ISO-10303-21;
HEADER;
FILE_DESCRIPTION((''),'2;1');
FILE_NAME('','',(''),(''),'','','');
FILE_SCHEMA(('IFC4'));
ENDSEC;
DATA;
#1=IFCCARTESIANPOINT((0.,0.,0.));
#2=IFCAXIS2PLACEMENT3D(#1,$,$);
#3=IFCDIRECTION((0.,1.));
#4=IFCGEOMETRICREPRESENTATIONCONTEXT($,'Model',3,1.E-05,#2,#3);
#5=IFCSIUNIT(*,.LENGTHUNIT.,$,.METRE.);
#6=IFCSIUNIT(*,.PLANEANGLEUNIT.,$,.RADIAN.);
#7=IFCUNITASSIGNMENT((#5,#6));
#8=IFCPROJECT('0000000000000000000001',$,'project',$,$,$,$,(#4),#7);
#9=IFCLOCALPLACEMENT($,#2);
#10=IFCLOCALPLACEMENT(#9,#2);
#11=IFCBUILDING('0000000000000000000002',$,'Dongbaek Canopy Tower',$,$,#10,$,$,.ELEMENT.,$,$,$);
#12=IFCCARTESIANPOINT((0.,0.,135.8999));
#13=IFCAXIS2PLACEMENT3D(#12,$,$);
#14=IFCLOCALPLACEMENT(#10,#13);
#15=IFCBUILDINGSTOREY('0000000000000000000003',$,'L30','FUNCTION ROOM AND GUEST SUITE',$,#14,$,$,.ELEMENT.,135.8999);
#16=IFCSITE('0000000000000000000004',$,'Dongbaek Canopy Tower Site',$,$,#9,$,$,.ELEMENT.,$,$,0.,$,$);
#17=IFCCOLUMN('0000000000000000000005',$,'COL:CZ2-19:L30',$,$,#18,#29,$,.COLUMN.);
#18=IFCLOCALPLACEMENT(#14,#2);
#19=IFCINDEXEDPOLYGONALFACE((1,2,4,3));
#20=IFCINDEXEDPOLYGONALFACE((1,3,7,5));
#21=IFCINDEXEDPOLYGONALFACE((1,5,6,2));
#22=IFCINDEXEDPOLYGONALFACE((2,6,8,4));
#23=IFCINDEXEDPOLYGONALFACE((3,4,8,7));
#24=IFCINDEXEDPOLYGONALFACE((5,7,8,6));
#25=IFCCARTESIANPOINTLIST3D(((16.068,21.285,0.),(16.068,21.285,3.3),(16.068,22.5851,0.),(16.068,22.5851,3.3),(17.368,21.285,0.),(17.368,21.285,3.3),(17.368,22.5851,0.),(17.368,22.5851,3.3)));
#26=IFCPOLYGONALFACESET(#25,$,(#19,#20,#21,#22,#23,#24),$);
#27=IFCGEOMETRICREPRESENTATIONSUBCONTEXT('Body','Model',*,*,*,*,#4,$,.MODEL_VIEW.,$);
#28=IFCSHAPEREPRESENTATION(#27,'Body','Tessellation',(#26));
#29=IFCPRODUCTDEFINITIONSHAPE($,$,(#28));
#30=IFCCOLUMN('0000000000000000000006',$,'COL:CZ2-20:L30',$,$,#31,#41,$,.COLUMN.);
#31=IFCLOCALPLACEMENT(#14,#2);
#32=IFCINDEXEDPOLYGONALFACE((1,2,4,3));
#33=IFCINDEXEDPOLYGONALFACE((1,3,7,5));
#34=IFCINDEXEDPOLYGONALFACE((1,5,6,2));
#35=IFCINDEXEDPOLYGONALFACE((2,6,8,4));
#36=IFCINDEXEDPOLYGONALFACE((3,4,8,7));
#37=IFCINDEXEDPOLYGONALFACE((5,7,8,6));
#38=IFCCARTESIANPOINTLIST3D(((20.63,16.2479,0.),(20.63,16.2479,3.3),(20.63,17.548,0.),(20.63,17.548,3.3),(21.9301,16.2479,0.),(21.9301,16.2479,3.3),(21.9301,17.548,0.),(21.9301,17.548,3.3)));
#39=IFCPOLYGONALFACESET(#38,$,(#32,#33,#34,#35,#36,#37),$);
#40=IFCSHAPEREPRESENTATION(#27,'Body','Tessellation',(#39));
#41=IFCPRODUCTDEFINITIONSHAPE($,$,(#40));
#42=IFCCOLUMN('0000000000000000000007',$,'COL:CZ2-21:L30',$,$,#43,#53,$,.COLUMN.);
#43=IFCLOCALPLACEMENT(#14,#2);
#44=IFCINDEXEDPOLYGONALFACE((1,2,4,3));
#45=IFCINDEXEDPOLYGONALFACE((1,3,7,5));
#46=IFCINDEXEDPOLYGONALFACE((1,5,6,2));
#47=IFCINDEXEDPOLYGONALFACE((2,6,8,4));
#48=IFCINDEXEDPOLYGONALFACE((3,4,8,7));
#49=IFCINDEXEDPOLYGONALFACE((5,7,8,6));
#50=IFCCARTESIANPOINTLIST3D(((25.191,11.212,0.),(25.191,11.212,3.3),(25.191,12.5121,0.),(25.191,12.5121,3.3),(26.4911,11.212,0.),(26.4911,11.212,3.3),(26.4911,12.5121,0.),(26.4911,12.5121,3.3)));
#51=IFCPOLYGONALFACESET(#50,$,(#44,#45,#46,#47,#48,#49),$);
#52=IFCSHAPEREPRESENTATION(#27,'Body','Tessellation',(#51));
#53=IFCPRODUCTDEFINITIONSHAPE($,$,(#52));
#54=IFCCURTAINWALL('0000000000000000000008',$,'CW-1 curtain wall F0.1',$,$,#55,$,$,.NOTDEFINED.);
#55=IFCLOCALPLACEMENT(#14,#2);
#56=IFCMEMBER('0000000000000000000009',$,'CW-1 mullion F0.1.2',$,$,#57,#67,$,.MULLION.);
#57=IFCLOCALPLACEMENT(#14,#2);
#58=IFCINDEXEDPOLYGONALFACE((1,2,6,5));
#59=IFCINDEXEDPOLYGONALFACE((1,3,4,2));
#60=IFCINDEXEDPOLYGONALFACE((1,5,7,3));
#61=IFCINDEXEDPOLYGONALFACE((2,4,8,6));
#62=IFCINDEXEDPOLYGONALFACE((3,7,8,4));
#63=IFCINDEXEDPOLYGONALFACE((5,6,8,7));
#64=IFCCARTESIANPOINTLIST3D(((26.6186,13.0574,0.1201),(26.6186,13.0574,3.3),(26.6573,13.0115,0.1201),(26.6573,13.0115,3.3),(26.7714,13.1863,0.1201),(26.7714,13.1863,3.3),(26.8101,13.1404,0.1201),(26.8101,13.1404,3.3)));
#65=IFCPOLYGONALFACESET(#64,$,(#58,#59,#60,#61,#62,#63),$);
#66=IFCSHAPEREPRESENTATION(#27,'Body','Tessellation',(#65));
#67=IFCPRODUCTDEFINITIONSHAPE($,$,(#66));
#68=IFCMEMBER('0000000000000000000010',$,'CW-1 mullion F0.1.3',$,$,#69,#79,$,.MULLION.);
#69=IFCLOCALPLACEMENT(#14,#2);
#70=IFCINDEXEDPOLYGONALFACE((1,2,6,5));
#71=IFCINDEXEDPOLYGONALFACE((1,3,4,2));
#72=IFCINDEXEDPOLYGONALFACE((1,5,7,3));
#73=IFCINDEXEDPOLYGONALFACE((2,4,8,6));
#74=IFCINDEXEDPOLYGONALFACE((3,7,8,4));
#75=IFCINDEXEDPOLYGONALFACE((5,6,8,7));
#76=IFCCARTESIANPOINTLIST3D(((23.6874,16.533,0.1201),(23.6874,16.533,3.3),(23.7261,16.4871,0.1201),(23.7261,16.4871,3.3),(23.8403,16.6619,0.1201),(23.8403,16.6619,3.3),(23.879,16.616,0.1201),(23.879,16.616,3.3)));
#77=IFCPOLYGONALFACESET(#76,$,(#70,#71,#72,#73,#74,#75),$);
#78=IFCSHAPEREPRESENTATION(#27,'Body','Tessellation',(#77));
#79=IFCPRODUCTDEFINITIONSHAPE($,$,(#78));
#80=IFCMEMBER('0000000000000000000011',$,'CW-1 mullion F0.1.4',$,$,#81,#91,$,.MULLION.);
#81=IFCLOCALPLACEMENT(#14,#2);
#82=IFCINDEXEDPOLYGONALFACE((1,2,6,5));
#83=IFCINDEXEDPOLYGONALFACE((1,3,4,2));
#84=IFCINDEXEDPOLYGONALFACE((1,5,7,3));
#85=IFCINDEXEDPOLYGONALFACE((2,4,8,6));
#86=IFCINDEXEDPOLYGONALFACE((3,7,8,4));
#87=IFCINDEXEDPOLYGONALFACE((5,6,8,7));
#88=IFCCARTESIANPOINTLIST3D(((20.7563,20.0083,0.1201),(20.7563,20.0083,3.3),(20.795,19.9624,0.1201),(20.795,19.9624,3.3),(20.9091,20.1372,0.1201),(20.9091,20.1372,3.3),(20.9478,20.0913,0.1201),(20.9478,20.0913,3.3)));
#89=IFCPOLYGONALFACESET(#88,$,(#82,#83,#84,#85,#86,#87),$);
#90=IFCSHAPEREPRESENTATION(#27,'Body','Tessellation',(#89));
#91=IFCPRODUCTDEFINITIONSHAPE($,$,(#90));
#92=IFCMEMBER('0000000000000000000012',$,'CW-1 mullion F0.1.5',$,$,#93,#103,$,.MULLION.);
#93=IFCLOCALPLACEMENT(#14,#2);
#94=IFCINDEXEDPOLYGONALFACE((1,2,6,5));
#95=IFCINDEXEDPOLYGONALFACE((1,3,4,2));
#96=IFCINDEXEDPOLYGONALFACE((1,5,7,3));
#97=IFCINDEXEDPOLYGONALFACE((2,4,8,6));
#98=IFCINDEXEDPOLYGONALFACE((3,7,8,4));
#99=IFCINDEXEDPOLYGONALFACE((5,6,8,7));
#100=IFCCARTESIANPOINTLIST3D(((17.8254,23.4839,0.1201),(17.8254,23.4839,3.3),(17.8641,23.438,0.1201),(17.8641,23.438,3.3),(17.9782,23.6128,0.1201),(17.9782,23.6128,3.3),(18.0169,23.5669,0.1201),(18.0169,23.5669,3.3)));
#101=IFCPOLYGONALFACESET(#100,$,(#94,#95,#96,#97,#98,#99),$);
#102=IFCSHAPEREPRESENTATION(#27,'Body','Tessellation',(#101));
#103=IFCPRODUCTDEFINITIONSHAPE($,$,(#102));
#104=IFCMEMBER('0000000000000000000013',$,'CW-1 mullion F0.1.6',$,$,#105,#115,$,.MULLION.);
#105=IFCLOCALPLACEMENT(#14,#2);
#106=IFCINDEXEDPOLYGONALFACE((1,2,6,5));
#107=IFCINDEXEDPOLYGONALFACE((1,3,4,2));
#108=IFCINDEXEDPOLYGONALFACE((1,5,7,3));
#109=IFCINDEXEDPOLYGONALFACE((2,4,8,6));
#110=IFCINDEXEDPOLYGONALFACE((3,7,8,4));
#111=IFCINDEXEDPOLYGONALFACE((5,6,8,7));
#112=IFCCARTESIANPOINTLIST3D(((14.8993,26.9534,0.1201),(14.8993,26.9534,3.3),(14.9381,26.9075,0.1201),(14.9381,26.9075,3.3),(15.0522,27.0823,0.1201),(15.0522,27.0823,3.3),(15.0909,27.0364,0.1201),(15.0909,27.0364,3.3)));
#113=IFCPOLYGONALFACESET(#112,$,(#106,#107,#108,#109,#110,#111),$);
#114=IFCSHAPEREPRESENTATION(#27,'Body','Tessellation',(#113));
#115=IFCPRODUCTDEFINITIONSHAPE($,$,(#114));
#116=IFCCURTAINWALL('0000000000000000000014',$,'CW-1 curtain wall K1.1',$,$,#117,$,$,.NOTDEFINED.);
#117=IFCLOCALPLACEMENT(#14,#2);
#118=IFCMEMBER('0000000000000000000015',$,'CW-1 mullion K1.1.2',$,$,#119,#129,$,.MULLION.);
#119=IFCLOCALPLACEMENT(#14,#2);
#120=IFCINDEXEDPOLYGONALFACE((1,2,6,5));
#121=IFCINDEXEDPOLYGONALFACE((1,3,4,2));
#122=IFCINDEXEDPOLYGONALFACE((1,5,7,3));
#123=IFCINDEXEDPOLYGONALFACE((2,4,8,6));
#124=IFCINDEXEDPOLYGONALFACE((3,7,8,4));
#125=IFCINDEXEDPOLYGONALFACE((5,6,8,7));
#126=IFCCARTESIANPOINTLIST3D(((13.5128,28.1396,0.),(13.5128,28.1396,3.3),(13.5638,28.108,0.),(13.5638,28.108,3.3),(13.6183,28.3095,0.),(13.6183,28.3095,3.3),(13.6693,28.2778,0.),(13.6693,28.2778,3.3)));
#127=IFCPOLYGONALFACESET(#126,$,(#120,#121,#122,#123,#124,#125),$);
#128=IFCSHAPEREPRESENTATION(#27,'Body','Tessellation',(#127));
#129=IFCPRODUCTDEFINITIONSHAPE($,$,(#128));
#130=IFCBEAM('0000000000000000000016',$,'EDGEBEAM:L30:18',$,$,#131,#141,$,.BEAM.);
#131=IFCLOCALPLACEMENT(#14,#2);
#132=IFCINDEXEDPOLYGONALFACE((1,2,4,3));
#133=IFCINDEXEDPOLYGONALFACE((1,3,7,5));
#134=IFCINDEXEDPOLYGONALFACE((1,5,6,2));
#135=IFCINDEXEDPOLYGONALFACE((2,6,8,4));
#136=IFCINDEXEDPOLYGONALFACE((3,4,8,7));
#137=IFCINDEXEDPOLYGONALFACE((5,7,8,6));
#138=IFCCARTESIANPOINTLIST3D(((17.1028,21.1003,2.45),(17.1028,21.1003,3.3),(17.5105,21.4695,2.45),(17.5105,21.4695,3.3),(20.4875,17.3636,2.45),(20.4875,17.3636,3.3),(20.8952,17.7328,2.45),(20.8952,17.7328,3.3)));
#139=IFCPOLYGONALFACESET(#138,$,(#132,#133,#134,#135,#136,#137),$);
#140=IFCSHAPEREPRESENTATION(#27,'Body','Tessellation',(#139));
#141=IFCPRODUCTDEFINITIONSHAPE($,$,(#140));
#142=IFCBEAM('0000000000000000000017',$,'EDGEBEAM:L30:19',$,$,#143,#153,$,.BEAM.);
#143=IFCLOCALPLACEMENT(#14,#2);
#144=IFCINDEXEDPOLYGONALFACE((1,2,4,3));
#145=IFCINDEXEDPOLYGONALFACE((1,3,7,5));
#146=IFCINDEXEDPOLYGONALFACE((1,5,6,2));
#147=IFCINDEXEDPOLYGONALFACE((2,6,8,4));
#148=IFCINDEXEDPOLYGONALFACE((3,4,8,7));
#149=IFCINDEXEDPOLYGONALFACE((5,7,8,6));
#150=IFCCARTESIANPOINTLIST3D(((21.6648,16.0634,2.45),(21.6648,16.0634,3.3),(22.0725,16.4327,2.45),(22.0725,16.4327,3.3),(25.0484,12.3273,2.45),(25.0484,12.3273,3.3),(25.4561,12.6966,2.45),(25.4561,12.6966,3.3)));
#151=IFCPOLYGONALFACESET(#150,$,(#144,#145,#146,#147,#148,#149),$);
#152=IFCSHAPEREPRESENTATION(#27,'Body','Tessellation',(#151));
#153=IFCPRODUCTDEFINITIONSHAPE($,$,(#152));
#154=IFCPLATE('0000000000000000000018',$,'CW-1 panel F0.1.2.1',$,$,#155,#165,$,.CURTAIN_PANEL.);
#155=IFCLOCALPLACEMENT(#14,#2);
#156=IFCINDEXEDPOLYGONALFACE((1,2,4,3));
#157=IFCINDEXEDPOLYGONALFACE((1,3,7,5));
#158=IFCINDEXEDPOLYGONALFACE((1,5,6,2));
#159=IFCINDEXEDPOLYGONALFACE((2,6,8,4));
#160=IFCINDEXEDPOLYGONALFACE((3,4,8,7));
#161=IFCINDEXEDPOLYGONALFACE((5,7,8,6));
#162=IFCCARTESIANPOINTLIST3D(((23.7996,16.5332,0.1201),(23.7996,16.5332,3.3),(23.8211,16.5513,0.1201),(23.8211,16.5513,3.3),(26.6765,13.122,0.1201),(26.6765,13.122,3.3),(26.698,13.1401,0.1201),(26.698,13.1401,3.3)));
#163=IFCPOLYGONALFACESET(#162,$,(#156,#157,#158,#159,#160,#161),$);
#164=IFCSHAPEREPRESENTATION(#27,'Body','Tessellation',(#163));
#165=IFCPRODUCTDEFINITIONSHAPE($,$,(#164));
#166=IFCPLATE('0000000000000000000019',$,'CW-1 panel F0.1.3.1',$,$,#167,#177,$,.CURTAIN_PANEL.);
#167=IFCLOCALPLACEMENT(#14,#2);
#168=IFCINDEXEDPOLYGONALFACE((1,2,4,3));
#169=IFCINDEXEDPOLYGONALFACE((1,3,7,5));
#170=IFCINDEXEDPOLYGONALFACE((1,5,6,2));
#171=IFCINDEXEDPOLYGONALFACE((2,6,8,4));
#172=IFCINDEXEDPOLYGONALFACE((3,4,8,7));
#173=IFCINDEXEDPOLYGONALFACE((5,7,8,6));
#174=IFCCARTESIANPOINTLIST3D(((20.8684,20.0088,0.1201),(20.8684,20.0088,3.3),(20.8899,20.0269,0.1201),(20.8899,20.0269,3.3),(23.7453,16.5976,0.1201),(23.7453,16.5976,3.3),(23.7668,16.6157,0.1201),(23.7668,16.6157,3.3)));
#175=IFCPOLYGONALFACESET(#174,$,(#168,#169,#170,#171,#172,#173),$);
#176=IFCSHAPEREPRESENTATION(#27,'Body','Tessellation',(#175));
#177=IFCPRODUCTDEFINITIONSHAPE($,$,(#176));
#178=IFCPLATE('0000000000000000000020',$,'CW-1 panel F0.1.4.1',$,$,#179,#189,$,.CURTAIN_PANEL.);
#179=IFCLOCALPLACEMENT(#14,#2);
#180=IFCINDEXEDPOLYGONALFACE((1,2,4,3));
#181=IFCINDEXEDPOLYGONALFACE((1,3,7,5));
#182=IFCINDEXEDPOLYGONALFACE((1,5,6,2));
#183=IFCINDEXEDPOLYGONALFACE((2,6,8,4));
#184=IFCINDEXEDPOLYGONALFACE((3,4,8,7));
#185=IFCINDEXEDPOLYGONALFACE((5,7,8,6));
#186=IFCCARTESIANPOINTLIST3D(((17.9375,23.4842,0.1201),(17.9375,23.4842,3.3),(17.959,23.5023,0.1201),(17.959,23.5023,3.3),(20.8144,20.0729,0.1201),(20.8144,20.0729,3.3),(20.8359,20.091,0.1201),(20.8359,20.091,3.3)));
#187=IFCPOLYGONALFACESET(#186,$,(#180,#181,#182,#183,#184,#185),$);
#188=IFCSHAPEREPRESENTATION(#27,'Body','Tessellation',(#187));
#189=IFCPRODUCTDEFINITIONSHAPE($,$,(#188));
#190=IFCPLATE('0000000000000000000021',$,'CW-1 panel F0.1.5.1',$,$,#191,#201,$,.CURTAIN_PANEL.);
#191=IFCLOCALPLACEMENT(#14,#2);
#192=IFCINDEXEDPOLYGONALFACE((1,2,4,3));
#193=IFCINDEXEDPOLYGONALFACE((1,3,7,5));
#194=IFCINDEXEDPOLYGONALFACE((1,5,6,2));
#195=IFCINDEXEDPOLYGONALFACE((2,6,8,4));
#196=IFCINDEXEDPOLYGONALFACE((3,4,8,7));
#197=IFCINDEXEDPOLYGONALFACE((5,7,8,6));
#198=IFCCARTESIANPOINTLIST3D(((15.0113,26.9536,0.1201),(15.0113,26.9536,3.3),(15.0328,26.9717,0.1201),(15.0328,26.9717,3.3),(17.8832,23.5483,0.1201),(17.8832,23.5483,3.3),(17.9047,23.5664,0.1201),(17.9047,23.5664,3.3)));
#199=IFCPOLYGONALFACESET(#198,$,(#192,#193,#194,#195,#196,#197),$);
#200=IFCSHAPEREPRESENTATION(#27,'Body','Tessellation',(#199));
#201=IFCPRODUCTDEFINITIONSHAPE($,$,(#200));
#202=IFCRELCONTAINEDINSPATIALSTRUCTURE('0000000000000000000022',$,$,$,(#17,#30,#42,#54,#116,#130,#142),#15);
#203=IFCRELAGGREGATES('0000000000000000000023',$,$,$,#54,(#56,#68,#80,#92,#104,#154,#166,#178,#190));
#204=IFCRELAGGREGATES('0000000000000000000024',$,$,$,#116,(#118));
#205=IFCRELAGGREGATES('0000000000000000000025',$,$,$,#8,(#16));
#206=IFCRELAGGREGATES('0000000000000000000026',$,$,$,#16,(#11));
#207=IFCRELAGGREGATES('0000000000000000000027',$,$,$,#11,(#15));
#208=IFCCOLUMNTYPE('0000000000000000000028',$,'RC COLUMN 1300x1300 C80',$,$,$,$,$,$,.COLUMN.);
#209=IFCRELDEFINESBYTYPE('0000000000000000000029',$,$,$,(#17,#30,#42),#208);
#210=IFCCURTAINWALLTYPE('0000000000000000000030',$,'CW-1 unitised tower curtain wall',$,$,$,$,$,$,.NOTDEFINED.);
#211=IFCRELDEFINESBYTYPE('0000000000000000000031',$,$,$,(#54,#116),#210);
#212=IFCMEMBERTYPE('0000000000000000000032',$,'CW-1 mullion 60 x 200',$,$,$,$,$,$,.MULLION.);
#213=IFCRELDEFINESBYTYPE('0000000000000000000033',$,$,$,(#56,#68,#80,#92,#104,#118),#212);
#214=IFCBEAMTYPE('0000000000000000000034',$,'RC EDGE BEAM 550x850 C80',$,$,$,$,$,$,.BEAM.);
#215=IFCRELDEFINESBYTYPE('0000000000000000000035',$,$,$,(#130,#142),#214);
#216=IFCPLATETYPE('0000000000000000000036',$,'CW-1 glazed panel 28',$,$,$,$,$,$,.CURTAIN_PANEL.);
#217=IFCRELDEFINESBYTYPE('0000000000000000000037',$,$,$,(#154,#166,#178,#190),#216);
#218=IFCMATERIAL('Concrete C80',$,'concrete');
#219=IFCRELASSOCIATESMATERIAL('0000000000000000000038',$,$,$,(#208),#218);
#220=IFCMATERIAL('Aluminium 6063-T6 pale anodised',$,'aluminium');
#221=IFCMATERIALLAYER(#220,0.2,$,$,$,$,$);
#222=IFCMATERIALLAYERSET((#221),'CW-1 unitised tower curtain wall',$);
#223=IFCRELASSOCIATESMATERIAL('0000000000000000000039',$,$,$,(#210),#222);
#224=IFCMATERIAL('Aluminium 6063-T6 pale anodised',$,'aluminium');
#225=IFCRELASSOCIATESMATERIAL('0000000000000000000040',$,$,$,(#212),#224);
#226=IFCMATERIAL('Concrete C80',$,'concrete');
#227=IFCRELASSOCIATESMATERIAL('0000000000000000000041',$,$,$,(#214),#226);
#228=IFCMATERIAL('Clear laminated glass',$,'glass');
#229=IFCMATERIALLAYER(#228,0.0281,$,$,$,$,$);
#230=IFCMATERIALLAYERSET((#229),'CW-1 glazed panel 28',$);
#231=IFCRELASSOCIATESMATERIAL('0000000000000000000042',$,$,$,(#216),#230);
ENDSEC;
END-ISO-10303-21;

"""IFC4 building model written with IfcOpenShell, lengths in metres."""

from ifc_helpers import new_model, si_unit, direction, frame, origin, origin_2d, place, context, subcontext, project, spatial, rectangle, extrude, material, layer, layer_set, material_profile, profile_set, type_object, element, aggregate, save


model = new_model("IFC4")

# Units and contexts
model_context = context("Model", 3, precision=1e-05, world=origin(), true_north=direction((0.0, 1.0)))
body_context = subcontext(model_context, "Body", "Model", "MODEL_VIEW")
ifc_project = project(units=[si_unit("LENGTHUNIT", "METRE"), si_unit("PLANEANGLEUNIT", "RADIAN")], contexts=[model_context])

# Site, building, storey
site_placement = place(None, origin())
site = spatial("IfcSite", under=ifc_project, at=site_placement, Name="Dongbaek Canopy Tower Site", CompositionType="ELEMENT", RefElevation=0.0)
building_placement = place(site_placement, origin())
building = spatial("IfcBuilding", under=site, at=building_placement, Name="Dongbaek Canopy Tower", CompositionType="ELEMENT")
storey_placement = place(building_placement, frame((0.0, 0.0, 135.8999)))
storey = spatial("IfcBuildingStorey", under=building, at=storey_placement, Name="L30", Description="FUNCTION ROOM AND GUEST SUITE", CompositionType="ELEMENT", Elevation=135.8999)

# Columns
ifc_material_1 = material(Name="Concrete C80", Category="concrete")
ifc_material_profile_1 = material_profile(ifc_material_1, rectangle(XDim=1.3, YDim=1.3, at=origin_2d()), Name="RC COLUMN 1300x1300 C80")
ifc_profile_set_1 = profile_set([ifc_material_profile_1], Name="Concrete C80")
column_type = type_object("IfcColumnType", Name="RC COLUMN 1300x1300 C80", PredefinedType="COLUMN", material=ifc_profile_set_1)
for number, where, z_axis, x_axis, name in (
    (1, (16.718, 21.9351, 0.0), (0.0, 0.0, 1.0), (1.0, 0.0, 0.0), "COL:CZ2-19:L30"),
    (2, (21.28, 16.8979, 0.0), (0.0, 0.0, 1.0), (1.0, 0.0, 0.0), "COL:CZ2-20:L30"),
    (3, (25.8411, 11.8621, 0.0), (0.0, 0.0, 1.0), (1.0, 0.0, 0.0), "COL:CZ2-21:L30"),
):
    element("IfcColumn", number, at=place(storey_placement, frame(where, z_axis=z_axis, x_axis=x_axis)), inside=storey, type_object=column_type, Name=name, PredefinedType="COLUMN", context=body_context, shape_type="SweptSolid", body=[
        extrude(rectangle(XDim=1.3, YDim=1.3, at=origin_2d()), origin(), (0.0, 0.0, 1.0), 3.3),
    ])

# Curtain wall, members
ifc_material_2 = material(Name="Aluminium 6063-T6 pale anodised", Category="aluminium")
ifc_layer_1 = layer(ifc_material_2, 0.2)
ifc_layer_set_1 = layer_set([ifc_layer_1], Name="CW-1 unitised tower curtain wall")
curtain_wall_type = type_object("IfcCurtainWallType", Name="CW-1 unitised tower curtain wall", PredefinedType="NOTDEFINED", material=ifc_layer_set_1)
curtain_wall_1_placement = place(storey_placement, origin())
curtain_wall_1 = element("IfcCurtainWall", 4, at=curtain_wall_1_placement, inside=storey, type_object=curtain_wall_type, Name="CW-1 curtain wall F0.1", PredefinedType="NOTDEFINED")
ifc_material_3 = material(Name="Aluminium 6063-T6 pale anodised", Category="aluminium")
ifc_material_profile_2 = material_profile(ifc_material_3, rectangle(XDim=0.2, YDim=0.0601, at=origin_2d()), Name="CW-1 mullion 60 x 200")
ifc_profile_set_2 = profile_set([ifc_material_profile_2], Name="Aluminium 6063-T6 pale anodised")
member_type = type_object("IfcMemberType", Name="CW-1 mullion 60 x 200", PredefinedType="MULLION", material=ifc_profile_set_2)
member_1_placement = place(storey_placement, frame((26.7144, 13.0989, 0.1201), z_axis=(0.0, 0.0, 1.0), x_axis=(0.764439, 0.644696, 0.0)))
member_1 = element("IfcMember", 5, at=member_1_placement, type_object=member_type, Name="CW-1 mullion F0.1.2", PredefinedType="MULLION", context=body_context, shape_type="SweptSolid", body=[
    extrude(rectangle(XDim=0.2, YDim=0.0601, at=origin_2d()), origin(), (0.0, 0.0, 1.0), 3.1799),
])
member_2_placement = place(storey_placement, frame((23.7832, 16.5745, 0.1201), z_axis=(0.0, 0.0, 1.0), x_axis=(0.764439, 0.644696, 0.0)))
member_2 = element("IfcMember", 6, at=member_2_placement, type_object=member_type, Name="CW-1 mullion F0.1.3", PredefinedType="MULLION", context=body_context, shape_type="SweptSolid", body=[
    extrude(rectangle(XDim=0.2, YDim=0.0601, at=origin_2d()), origin(), (0.0, 0.0, 1.0), 3.1799),
])
member_3_placement = place(storey_placement, frame((20.8521, 20.0498, 0.1201), z_axis=(0.0, 0.0, 1.0), x_axis=(0.764439, 0.644696, 0.0)))
member_3 = element("IfcMember", 7, at=member_3_placement, type_object=member_type, Name="CW-1 mullion F0.1.4", PredefinedType="MULLION", context=body_context, shape_type="SweptSolid", body=[
    extrude(rectangle(XDim=0.2, YDim=0.0601, at=origin_2d()), origin(), (0.0, 0.0, 1.0), 3.1799),
])
member_4_placement = place(storey_placement, frame((17.9211, 23.5254, 0.1201), z_axis=(0.0, 0.0, 1.0), x_axis=(0.764439, 0.644696, 0.0)))
member_4 = element("IfcMember", 8, at=member_4_placement, type_object=member_type, Name="CW-1 mullion F0.1.5", PredefinedType="MULLION", context=body_context, shape_type="SweptSolid", body=[
    extrude(rectangle(XDim=0.2, YDim=0.0601, at=origin_2d()), origin(), (0.0, 0.0, 1.0), 3.1799),
])
member_5_placement = place(storey_placement, frame((14.9951, 26.9949, 0.1201), z_axis=(0.0, 0.0, 1.0), x_axis=(0.764439, 0.644696, 0.0)))
member_5 = element("IfcMember", 9, at=member_5_placement, type_object=member_type, Name="CW-1 mullion F0.1.6", PredefinedType="MULLION", context=body_context, shape_type="SweptSolid", body=[
    extrude(rectangle(XDim=0.2, YDim=0.0601, at=origin_2d()), origin(), (0.0, 0.0, 1.0), 3.1799),
])

# Curtain wall, member
curtain_wall_2_placement = place(storey_placement, origin())
curtain_wall_2 = element("IfcCurtainWall", 10, at=curtain_wall_2_placement, inside=storey, type_object=curtain_wall_type, Name="CW-1 curtain wall K1.1", PredefinedType="NOTDEFINED")
member_6_placement = place(storey_placement, frame((13.5911, 28.2087, 0.0), z_axis=(0.0, 0.0, 1.0), x_axis=(0.527441, 0.849592, 0.0)))
member_6 = element("IfcMember", 11, at=member_6_placement, type_object=member_type, Name="CW-1 mullion K1.1.2", PredefinedType="MULLION", context=body_context, shape_type="SweptSolid", body=[
    extrude(rectangle(XDim=0.2, YDim=0.0601, at=origin_2d()), origin(), (0.0, 0.0, 1.0), 3.3),
])

# Beams
ifc_material_4 = material(Name="Concrete C80", Category="concrete")
ifc_material_profile_3 = material_profile(ifc_material_4, rectangle(XDim=0.55, YDim=0.8501, at=origin_2d()), Name="RC EDGE BEAM 550x850 C80")
ifc_profile_set_3 = profile_set([ifc_material_profile_3], Name="Concrete C80")
beam_type = type_object("IfcBeamType", Name="RC EDGE BEAM 550x850 C80", PredefinedType="BEAM", material=ifc_profile_set_3)
beam_1_placement = place(storey_placement, frame((17.3066, 21.2849, 2.875), z_axis=(0.671332, -0.741157, 0.0), x_axis=(0.741157, 0.671332, 0.0)))
element("IfcBeam", 12, at=beam_1_placement, inside=storey, type_object=beam_type, Name="EDGEBEAM:L30:18", PredefinedType="BEAM", context=body_context, shape_type="SweptSolid", body=[
    extrude(rectangle(XDim=0.55, YDim=0.8501, at=origin_2d()), origin(), (0.0, 0.0, 1.0), 5.0417),
])
beam_2_placement = place(storey_placement, frame((21.8687, 16.248, 2.875), z_axis=(0.671271, -0.741212, 0.0), x_axis=(0.741212, 0.671271, 0.0)))
element("IfcBeam", 13, at=beam_2_placement, inside=storey, type_object=beam_type, Name="EDGEBEAM:L30:19", PredefinedType="BEAM", context=body_context, shape_type="SweptSolid", body=[
    extrude(rectangle(XDim=0.55, YDim=0.8501, at=origin_2d()), origin(), (0.0, 0.0, 1.0), 5.0405),
])

# Plates
ifc_material_5 = material(Name="Clear laminated glass", Category="glass")
ifc_layer_2 = layer(ifc_material_5, 0.0281)
ifc_layer_set_2 = layer_set([ifc_layer_2], Name="CW-1 glazed panel 28")
plate_type = type_object("IfcPlateType", Name="CW-1 glazed panel 28", PredefinedType="CURTAIN_PANEL", material=ifc_layer_set_2)
plate_1_placement = place(storey_placement, frame((25.2488, 14.8367, 0.1201), z_axis=(0.0, 0.0, 1.0), x_axis=(-0.644696, 0.764439, 0.0)))
plate_1 = element("IfcPlate", 14, at=plate_1_placement, type_object=plate_type, Name="CW-1 panel F0.1.2.1", PredefinedType="CURTAIN_PANEL", context=body_context, shape_type="SweptSolid", body=[
    extrude(rectangle(XDim=4.4624, YDim=0.0281, at=origin_2d()), origin(), (0.0, 0.0, 1.0), 3.1799),
])
plate_2_placement = place(storey_placement, frame((22.3176, 18.3123, 0.1201), z_axis=(0.0, 0.0, 1.0), x_axis=(-0.644696, 0.764439, 0.0)))
plate_2 = element("IfcPlate", 15, at=plate_2_placement, type_object=plate_type, Name="CW-1 panel F0.1.3.1", PredefinedType="CURTAIN_PANEL", context=body_context, shape_type="SweptSolid", body=[
    extrude(rectangle(XDim=4.4624, YDim=0.0281, at=origin_2d()), origin(), (0.0, 0.0, 1.0), 3.1799),
])
plate_3_placement = place(storey_placement, frame((19.3867, 21.7876, 0.1201), z_axis=(0.0, 0.0, 1.0), x_axis=(-0.644696, 0.764439, 0.0)))
plate_3 = element("IfcPlate", 16, at=plate_3_placement, type_object=plate_type, Name="CW-1 panel F0.1.4.1", PredefinedType="CURTAIN_PANEL", context=body_context, shape_type="SweptSolid", body=[
    extrude(rectangle(XDim=4.4624, YDim=0.0281, at=origin_2d()), origin(), (0.0, 0.0, 1.0), 3.1799),
])
plate_4_placement = place(storey_placement, frame((16.458, 25.26, 0.1201), z_axis=(0.0, 0.0, 1.0), x_axis=(-0.644696, 0.764439, 0.0)))
plate_4 = element("IfcPlate", 17, at=plate_4_placement, type_object=plate_type, Name="CW-1 panel F0.1.5.1", PredefinedType="CURTAIN_PANEL", context=body_context, shape_type="SweptSolid", body=[
    extrude(rectangle(XDim=4.4546, YDim=0.0281, at=origin_2d()), origin(), (0.0, 0.0, 1.0), 3.1799),
])

aggregate(curtain_wall_1, [member_1, member_2, member_3, member_4, member_5, plate_1, plate_2, plate_3, plate_4])
aggregate(curtain_wall_2, [member_6])

save(model, "model.ifc")
